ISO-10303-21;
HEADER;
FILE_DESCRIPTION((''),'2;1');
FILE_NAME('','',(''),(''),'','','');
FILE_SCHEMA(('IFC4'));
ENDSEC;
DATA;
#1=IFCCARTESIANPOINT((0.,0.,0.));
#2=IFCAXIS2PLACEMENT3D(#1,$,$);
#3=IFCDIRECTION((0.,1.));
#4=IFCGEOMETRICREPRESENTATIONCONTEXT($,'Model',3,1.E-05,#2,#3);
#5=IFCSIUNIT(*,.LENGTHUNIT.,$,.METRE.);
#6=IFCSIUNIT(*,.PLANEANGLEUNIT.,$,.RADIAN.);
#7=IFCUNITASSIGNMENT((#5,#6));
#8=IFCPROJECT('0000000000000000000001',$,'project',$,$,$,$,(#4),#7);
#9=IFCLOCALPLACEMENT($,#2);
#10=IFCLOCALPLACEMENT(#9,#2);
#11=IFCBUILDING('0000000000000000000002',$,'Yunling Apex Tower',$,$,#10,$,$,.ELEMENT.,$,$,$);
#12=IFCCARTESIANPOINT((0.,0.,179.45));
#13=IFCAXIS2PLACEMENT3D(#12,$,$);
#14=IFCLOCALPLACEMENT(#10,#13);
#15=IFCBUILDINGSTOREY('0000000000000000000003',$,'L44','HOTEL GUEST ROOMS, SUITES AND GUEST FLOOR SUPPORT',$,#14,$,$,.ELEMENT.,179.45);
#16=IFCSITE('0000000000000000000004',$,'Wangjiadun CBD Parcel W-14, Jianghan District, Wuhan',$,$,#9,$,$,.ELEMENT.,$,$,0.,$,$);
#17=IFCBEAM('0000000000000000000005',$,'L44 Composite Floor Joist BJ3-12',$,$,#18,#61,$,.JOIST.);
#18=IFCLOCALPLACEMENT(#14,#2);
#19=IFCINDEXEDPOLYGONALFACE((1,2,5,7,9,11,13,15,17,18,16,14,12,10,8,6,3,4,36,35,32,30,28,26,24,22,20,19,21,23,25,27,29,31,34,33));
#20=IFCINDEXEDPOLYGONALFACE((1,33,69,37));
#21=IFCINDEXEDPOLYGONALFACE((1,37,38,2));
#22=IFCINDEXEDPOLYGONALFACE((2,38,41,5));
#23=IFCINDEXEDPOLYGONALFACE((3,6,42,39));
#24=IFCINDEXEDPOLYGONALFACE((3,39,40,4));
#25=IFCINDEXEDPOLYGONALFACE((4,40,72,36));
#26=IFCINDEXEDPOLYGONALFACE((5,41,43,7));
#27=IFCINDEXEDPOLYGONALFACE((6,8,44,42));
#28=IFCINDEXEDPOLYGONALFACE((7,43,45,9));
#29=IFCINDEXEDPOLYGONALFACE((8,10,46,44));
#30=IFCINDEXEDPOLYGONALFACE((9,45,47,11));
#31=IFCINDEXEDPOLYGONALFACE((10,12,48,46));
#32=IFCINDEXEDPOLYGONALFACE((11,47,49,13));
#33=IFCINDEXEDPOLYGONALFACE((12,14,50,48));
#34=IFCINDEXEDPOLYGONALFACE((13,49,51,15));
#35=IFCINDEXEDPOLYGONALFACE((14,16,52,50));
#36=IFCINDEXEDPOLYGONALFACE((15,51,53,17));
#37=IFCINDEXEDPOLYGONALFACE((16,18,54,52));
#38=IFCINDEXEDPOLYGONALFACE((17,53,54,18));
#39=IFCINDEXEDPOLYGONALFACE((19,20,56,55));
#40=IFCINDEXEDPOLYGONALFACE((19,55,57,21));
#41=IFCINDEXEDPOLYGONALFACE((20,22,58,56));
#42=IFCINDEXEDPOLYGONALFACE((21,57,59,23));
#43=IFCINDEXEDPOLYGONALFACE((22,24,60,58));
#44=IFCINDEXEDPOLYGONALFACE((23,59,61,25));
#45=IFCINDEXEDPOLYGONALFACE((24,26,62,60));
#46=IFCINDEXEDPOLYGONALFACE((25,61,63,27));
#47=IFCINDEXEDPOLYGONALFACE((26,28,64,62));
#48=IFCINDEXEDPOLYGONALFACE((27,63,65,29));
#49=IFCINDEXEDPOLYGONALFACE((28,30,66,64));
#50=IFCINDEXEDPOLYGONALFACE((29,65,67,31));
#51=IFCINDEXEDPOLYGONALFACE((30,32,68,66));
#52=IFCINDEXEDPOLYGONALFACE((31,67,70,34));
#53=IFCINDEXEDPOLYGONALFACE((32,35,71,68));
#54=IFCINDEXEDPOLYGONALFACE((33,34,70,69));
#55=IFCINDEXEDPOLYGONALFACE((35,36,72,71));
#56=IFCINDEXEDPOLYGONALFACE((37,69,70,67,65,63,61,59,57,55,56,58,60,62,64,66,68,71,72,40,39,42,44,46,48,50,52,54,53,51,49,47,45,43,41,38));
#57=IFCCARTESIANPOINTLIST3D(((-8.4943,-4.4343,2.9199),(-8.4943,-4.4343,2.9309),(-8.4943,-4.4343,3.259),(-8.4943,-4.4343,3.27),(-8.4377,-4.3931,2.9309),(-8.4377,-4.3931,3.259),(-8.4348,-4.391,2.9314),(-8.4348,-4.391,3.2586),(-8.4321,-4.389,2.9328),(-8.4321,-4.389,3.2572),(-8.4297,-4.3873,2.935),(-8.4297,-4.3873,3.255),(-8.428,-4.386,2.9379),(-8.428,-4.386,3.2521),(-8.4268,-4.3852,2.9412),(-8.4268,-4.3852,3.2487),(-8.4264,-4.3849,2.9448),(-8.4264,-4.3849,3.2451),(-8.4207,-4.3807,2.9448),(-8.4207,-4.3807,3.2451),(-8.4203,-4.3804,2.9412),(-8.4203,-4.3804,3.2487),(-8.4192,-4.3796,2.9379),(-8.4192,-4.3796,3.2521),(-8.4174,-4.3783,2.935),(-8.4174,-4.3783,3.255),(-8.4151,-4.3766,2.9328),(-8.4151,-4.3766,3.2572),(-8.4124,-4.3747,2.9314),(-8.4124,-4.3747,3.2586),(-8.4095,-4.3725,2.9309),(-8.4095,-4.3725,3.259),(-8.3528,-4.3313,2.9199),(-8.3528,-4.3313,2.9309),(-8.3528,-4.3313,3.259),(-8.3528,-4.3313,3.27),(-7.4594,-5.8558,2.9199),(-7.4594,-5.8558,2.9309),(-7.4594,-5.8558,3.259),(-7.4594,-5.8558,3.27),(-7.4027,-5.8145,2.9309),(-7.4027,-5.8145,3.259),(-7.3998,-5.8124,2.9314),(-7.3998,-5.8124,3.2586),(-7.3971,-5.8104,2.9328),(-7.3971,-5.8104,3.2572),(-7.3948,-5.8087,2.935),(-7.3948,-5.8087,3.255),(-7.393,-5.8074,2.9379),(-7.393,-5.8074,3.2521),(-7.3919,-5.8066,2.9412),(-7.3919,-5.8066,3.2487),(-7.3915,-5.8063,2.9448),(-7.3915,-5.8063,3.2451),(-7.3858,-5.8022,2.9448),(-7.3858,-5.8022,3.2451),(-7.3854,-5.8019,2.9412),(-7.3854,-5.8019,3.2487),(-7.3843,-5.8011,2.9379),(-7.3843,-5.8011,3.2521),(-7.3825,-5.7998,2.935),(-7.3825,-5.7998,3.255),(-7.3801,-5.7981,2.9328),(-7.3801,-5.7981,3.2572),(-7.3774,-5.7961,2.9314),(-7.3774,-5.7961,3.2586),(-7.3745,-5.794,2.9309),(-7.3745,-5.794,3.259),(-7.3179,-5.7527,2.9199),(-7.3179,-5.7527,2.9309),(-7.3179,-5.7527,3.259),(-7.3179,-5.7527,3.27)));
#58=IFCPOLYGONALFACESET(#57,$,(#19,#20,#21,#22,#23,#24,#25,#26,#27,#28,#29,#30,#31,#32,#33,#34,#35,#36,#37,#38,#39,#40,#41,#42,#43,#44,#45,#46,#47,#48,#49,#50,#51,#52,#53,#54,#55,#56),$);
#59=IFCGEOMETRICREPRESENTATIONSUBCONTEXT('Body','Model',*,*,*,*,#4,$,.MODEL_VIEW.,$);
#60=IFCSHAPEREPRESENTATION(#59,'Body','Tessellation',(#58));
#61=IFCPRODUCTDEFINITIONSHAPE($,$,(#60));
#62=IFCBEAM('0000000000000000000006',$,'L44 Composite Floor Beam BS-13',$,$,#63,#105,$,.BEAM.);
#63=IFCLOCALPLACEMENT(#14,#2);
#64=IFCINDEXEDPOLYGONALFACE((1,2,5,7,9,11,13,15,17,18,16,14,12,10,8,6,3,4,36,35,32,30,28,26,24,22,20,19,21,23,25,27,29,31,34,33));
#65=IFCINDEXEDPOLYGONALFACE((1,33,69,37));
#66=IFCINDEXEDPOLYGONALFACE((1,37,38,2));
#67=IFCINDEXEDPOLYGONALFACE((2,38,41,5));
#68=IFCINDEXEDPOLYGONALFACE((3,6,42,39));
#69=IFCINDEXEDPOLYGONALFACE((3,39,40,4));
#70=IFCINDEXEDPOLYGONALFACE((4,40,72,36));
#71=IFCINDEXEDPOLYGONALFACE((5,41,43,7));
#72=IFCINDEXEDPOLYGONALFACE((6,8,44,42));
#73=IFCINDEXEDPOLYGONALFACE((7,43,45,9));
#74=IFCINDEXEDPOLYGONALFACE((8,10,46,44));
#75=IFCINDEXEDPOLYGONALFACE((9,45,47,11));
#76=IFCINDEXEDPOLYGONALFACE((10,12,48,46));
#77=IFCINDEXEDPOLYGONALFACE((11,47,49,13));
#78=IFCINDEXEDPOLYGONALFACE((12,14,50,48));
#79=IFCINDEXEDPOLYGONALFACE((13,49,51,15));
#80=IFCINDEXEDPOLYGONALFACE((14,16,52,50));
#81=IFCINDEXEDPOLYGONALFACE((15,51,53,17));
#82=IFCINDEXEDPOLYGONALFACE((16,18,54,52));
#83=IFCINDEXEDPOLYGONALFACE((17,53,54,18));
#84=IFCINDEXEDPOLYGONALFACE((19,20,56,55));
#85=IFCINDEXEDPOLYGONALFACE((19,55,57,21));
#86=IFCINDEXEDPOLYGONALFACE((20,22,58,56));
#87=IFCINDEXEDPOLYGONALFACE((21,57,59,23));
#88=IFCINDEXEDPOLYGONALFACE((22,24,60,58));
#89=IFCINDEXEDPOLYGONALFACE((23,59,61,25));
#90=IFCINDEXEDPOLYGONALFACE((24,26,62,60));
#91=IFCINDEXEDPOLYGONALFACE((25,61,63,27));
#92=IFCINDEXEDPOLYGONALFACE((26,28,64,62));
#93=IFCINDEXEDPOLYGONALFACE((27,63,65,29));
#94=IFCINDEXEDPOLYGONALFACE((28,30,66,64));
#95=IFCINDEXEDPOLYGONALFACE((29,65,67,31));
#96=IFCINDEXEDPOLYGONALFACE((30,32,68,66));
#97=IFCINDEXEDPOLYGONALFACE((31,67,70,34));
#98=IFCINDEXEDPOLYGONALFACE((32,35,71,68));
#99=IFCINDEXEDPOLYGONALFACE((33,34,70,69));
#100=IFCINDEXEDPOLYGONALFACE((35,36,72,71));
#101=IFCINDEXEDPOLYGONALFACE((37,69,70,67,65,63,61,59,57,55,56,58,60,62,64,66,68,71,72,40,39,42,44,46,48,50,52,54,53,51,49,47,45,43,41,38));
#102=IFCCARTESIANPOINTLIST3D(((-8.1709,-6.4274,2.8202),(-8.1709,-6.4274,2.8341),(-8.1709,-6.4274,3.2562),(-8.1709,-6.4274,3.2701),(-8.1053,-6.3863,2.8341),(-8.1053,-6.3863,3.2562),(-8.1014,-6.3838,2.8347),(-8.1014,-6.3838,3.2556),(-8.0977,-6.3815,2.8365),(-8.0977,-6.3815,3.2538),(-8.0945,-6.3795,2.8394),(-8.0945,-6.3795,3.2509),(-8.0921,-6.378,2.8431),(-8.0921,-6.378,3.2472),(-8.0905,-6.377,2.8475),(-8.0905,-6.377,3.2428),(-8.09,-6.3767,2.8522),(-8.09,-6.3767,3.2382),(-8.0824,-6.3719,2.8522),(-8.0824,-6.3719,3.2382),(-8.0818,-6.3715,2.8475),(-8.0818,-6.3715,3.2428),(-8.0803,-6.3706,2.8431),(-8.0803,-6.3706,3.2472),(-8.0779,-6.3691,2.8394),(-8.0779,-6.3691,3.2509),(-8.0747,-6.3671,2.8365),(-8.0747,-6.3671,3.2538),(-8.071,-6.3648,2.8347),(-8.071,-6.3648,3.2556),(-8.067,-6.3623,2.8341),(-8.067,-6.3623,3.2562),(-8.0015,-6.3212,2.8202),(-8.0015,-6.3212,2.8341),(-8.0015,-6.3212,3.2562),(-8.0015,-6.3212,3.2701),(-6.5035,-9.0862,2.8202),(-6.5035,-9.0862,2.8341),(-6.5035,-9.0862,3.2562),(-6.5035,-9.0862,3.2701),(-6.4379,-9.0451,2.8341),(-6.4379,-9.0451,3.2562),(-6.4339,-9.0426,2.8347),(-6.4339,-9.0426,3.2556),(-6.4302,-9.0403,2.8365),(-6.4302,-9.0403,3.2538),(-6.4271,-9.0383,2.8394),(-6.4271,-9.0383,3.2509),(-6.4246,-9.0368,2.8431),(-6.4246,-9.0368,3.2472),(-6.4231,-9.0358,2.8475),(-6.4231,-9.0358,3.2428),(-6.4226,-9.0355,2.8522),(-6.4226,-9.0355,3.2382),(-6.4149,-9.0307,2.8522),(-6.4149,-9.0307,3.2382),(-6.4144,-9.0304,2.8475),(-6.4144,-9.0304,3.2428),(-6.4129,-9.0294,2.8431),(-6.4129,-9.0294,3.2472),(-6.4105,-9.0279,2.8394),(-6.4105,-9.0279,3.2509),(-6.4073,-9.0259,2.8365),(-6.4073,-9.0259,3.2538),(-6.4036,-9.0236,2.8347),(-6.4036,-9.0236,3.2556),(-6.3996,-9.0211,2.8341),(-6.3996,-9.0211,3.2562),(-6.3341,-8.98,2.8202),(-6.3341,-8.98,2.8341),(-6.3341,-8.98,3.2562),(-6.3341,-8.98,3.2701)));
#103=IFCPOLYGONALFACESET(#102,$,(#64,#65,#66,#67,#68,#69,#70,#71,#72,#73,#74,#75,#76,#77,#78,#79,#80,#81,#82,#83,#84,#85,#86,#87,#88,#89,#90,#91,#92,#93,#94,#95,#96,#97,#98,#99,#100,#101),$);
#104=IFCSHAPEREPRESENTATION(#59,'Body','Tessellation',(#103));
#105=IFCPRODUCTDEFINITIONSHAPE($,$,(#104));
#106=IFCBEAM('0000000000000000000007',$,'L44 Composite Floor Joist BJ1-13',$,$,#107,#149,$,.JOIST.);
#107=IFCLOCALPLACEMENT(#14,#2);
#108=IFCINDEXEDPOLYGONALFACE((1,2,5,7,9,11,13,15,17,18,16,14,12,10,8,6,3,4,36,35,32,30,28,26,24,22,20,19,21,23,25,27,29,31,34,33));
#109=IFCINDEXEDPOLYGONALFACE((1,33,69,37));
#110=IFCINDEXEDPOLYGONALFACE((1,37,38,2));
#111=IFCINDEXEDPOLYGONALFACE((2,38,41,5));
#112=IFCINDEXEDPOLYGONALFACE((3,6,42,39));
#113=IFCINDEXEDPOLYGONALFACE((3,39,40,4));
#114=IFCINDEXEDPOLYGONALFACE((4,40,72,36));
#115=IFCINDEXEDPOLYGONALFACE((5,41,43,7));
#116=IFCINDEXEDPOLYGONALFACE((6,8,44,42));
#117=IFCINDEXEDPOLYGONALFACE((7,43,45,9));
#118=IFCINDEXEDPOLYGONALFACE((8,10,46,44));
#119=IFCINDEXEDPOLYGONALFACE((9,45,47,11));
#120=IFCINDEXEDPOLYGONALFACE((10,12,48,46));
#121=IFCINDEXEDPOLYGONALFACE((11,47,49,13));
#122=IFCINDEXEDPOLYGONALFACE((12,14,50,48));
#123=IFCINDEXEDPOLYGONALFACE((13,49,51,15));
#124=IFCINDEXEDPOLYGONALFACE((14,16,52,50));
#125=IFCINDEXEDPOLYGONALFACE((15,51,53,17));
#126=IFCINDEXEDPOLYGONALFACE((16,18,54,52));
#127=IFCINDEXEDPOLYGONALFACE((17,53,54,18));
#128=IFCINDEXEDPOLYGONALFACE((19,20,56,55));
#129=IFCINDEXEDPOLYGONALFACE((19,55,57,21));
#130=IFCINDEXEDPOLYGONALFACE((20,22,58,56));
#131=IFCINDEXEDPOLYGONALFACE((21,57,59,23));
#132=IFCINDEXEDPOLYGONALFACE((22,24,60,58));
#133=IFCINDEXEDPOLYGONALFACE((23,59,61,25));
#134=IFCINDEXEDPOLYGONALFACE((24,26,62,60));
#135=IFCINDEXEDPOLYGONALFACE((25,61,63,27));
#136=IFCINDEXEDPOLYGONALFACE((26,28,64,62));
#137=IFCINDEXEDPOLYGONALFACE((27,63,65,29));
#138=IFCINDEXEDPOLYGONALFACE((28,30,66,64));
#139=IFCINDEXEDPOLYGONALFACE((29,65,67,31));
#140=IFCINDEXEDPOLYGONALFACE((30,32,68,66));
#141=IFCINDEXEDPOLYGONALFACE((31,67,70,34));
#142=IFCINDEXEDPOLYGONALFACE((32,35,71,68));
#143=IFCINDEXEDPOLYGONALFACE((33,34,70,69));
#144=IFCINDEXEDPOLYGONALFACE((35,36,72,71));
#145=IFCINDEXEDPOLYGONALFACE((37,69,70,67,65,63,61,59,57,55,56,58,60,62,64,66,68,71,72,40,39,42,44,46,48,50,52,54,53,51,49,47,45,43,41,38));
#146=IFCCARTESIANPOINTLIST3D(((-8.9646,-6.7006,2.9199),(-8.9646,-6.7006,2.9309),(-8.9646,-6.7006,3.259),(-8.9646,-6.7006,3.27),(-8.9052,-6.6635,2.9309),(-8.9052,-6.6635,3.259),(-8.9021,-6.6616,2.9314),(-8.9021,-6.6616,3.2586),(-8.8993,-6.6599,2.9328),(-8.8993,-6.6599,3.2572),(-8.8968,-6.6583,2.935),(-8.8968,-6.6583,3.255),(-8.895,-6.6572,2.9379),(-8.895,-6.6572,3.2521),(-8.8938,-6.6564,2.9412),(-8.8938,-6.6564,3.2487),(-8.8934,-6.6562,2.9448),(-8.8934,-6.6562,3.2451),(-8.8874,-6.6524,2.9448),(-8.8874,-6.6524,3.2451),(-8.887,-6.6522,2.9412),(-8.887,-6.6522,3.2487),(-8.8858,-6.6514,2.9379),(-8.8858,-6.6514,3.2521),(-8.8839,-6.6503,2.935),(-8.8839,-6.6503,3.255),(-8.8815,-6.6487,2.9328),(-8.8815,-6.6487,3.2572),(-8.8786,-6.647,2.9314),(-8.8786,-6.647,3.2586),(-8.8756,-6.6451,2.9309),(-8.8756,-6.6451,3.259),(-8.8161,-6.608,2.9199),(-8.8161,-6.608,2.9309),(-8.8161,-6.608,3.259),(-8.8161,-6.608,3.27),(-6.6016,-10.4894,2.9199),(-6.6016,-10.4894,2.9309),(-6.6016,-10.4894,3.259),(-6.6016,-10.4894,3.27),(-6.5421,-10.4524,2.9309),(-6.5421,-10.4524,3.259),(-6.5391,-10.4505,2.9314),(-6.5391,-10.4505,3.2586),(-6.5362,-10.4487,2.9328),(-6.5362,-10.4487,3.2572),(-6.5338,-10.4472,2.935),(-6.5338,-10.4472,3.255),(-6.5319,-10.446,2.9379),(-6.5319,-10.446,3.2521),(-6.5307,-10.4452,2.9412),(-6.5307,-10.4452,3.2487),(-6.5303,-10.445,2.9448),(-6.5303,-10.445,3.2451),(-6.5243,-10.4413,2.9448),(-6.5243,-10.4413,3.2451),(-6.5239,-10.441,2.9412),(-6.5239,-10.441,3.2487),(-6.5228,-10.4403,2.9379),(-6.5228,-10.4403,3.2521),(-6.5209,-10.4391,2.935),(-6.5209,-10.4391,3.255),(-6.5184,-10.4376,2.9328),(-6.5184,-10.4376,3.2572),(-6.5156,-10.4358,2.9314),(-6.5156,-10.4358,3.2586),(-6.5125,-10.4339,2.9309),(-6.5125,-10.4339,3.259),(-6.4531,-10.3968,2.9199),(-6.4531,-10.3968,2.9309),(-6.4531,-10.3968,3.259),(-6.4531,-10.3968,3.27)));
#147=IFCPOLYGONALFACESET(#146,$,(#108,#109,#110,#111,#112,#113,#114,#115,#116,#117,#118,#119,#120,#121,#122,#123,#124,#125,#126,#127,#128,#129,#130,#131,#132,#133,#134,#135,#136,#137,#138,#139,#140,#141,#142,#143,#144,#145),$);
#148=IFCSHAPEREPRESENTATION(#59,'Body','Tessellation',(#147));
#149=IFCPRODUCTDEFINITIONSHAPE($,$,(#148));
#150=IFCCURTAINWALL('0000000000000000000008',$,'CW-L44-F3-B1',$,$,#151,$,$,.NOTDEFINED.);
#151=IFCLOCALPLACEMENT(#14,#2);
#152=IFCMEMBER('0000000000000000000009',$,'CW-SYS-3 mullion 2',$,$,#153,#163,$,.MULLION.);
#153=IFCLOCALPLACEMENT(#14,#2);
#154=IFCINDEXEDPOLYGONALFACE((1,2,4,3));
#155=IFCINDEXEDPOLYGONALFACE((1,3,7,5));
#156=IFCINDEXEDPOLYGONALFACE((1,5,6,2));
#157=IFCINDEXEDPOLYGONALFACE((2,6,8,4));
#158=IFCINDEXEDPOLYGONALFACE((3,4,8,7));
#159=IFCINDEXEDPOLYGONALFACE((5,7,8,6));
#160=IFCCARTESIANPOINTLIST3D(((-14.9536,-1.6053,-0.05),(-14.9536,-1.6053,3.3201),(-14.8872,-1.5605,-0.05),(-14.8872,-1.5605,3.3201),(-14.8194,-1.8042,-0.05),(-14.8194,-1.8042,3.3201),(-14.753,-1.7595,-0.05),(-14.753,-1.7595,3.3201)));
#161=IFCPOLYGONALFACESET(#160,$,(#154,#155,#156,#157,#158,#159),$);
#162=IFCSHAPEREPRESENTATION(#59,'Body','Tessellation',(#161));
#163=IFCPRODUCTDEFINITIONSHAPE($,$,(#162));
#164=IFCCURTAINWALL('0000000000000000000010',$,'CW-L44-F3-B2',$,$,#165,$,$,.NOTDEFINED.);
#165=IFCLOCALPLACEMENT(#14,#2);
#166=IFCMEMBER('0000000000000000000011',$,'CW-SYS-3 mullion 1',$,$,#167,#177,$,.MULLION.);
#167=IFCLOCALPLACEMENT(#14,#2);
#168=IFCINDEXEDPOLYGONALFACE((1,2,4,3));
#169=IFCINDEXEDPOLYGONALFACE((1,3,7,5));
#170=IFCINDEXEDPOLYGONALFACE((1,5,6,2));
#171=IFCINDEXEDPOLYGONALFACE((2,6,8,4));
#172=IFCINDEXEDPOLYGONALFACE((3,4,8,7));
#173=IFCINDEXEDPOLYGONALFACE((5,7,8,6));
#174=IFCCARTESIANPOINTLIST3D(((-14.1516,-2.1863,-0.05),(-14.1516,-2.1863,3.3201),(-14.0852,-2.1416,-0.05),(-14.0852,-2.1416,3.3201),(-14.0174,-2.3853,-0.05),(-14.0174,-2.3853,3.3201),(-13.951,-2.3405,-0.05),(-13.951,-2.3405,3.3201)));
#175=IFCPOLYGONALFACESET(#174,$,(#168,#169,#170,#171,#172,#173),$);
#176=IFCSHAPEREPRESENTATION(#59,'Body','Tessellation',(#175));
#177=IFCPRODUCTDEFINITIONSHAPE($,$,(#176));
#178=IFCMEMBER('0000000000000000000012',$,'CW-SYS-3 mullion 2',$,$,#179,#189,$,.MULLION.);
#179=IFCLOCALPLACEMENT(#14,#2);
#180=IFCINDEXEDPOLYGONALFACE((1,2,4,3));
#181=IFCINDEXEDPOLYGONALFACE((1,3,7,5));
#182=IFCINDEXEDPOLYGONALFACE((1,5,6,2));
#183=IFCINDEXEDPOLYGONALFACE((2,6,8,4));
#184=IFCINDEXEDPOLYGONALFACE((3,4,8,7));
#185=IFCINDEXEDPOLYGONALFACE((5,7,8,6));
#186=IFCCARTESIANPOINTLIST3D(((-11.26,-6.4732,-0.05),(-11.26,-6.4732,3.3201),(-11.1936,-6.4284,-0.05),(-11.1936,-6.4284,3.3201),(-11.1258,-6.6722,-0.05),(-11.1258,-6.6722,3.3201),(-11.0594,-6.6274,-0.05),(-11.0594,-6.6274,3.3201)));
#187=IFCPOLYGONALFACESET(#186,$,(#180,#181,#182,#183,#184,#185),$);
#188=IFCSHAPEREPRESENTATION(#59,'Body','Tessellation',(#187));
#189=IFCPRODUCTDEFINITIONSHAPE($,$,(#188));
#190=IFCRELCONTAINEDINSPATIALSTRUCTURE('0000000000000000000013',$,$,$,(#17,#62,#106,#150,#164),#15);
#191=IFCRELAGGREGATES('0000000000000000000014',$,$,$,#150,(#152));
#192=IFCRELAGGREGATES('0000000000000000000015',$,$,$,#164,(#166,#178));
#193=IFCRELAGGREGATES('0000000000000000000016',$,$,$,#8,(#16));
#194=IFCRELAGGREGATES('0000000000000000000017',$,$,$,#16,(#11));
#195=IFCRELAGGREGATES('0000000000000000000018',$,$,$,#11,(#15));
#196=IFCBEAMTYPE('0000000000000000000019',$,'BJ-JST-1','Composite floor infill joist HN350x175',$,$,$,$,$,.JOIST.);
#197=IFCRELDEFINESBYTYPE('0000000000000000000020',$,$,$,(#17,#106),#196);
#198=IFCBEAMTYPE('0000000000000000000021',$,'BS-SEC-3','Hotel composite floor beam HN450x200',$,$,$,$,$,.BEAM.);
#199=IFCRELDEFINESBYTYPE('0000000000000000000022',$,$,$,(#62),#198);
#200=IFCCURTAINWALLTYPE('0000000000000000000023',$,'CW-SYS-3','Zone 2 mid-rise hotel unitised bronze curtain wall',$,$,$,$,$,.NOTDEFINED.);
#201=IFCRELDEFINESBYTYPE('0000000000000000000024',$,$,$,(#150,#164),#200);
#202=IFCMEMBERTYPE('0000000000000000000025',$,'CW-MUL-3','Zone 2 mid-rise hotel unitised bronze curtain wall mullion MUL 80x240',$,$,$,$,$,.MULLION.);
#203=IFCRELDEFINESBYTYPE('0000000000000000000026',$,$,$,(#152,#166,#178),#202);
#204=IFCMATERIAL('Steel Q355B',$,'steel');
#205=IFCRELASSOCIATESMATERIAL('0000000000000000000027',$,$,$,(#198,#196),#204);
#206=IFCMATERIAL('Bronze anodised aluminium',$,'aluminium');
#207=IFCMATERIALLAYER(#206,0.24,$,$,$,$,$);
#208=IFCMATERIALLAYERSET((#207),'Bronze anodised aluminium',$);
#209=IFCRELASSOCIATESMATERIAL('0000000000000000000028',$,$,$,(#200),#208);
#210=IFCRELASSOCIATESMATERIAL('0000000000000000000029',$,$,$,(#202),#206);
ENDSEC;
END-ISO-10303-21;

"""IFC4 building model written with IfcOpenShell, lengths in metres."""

from ifc_helpers import new_model, si_unit, direction, frame, origin, origin_2d, place, context, subcontext, project, spatial, rectangle, i_section, extrude, source, transform, mapped, material, layer, layer_set, material_profile, profile_set, type_object, element, aggregate, save


model = new_model("IFC4")

# Units and contexts
model_context = context("Model", 3, precision=1e-05, world=origin(), true_north=direction((0.0, 1.0)))
body_context = subcontext(model_context, "Body", "Model", "MODEL_VIEW")
ifc_project = project(units=[si_unit("LENGTHUNIT", "METRE"), si_unit("PLANEANGLEUNIT", "RADIAN")], contexts=[model_context])

# Site, building, storey
site_placement = place(None, origin())
site = spatial("IfcSite", under=ifc_project, at=site_placement, Name="Wangjiadun CBD Parcel W-14, Jianghan District, Wuhan", CompositionType="ELEMENT", RefElevation=0.0)
building_placement = place(site_placement, origin())
building = spatial("IfcBuilding", under=site, at=building_placement, Name="Yunling Apex Tower", CompositionType="ELEMENT")
storey_placement = place(building_placement, frame((0.0, 0.0, 179.45)))
storey = spatial("IfcBuildingStorey", under=building, at=storey_placement, Name="L44", Description="HOTEL GUEST ROOMS, SUITES AND GUEST FLOOR SUPPORT", CompositionType="ELEMENT", Elevation=179.45)

# Beams
ifc_material_1 = material(Name="Steel Q355B", Category="steel")
ifc_material_profile_1 = material_profile(ifc_material_1, i_section(OverallWidth=0.2, OverallDepth=0.45, WebThickness=0.009, FlangeThickness=0.0139, FilletRadius=0.0181, at=origin_2d()))
ifc_profile_set_1 = profile_set([ifc_material_profile_1], Name="Steel Q355B")
beam_type_1 = type_object("IfcBeamType", Name="BS-SEC-3", Description="Hotel composite floor beam HN450x200", PredefinedType="BEAM", material=ifc_profile_set_1)
ifc_material_profile_2 = material_profile(ifc_material_1, i_section(OverallWidth=0.175, OverallDepth=0.3501, WebThickness=0.0071, FlangeThickness=0.011, FilletRadius=0.0139, at=origin_2d()))
ifc_profile_set_2 = profile_set([ifc_material_profile_2], Name="Steel Q355B")
beam_type_2 = type_object("IfcBeamType", Name="BJ-JST-1", Description="Composite floor infill joist HN350x175", PredefinedType="JOIST", material=ifc_profile_set_2)
shared_shape_1 = source(origin(), body_context, "Body", "SweptSolid", [
    extrude(i_section(OverallWidth=0.175, OverallDepth=0.3501, WebThickness=0.0071, FlangeThickness=0.011, FilletRadius=0.0139, at=origin_2d()), origin(), (0.0, 0.0, 1.0), 1.7583),
])
beam_1_placement = place(storey_placement, frame((-8.4236, -4.3828, 3.095), z_axis=(0.588609, -0.808418, 0.0), x_axis=(0.808418, 0.588609, 0.0)))
element("IfcBeam", 1, at=beam_1_placement, inside=storey, type_object=beam_type_2, Name="L44 Composite Floor Joist BJ3-12", PredefinedType="JOIST", context=body_context, shape_type="MappedRepresentation", body=[
    mapped(shared_shape_1, transform((0.0, 0.0, 0.0), scale=1.0)),
])
shared_shape_2 = source(origin(), body_context, "Body", "SweptSolid", [
    extrude(i_section(OverallWidth=0.2, OverallDepth=0.45, WebThickness=0.009, FlangeThickness=0.0139, FilletRadius=0.0181, at=origin_2d()), origin(), (0.0, 0.0, 1.0), 3.1384),
])
beam_2_placement = place(storey_placement, frame((-8.0862, -6.3743, 3.0452), z_axis=(0.531292, -0.847189, 0.0), x_axis=(0.847189, 0.531292, 0.0)))
element("IfcBeam", 2, at=beam_2_placement, inside=storey, type_object=beam_type_1, Name="L44 Composite Floor Beam BS-13", PredefinedType="BEAM", context=body_context, shape_type="MappedRepresentation", body=[
    mapped(shared_shape_2, transform((0.0, 0.0, 0.0), scale=1.0)),
])
shared_shape_3 = source(origin(), body_context, "Body", "SweptSolid", [
    extrude(i_section(OverallWidth=0.175, OverallDepth=0.3501, WebThickness=0.0071, FlangeThickness=0.011, FilletRadius=0.0139, at=origin_2d()), origin(), (0.0, 0.0, 1.0), 4.4653),
])
beam_3_placement = place(storey_placement, frame((-8.8904, -6.6543, 3.095), z_axis=(0.529198, -0.848499, 0.0), x_axis=(0.848499, 0.529198, 0.0)))
element("IfcBeam", 3, at=beam_3_placement, inside=storey, type_object=beam_type_2, Name="L44 Composite Floor Joist BJ1-13", PredefinedType="JOIST", context=body_context, shape_type="MappedRepresentation", body=[
    mapped(shared_shape_3, transform((0.0, 0.0, 0.0), scale=1.0)),
])

# Curtain wall, member
ifc_material_2 = material(Name="Bronze anodised aluminium", Category="aluminium")
ifc_layer_1 = layer(ifc_material_2, 0.24)
ifc_layer_set_1 = layer_set([ifc_layer_1], Name="Bronze anodised aluminium")
curtain_wall_type = type_object("IfcCurtainWallType", Name="CW-SYS-3", Description="Zone 2 mid-rise hotel unitised bronze curtain wall", PredefinedType="NOTDEFINED", material=ifc_layer_set_1)
curtain_wall_1_placement = place(storey_placement, origin())
curtain_wall_1 = element("IfcCurtainWall", 4, at=curtain_wall_1_placement, inside=storey, type_object=curtain_wall_type, Name="CW-L44-F3-B1", PredefinedType="NOTDEFINED")
ifc_material_profile_3 = material_profile(ifc_material_2, rectangle(XDim=0.0801, YDim=0.24, at=origin_2d()))
ifc_profile_set_3 = profile_set([ifc_material_profile_3], Name="Bronze anodised aluminium")
member_type_1 = type_object("IfcMemberType", Name="CW-MUL-3", Description="Zone 2 mid-rise hotel unitised bronze curtain wall mullion MUL 80x240", PredefinedType="MULLION", material=ifc_profile_set_3)
shared_shape_4 = source(origin(), body_context, "Body", "SweptSolid", [
    extrude(rectangle(XDim=0.0801, YDim=0.24, at=origin_2d()), origin(), (0.0, 0.0, 1.0), 3.3701),
])
member_1_placement = place(storey_placement, frame((-14.8533, -1.6824, -0.05), z_axis=(0.0, 0.0, 1.0), x_axis=(0.829045, 0.559181, 0.0)))
member_1 = element("IfcMember", 5, at=member_1_placement, type_object=member_type_1, Name="CW-SYS-3 mullion 2", PredefinedType="MULLION", context=body_context, shape_type="MappedRepresentation", body=[
    mapped(shared_shape_4, transform((0.0, 0.0, 0.0), scale=1.0)),
])
aggregate(curtain_wall_1, [member_1])

# Curtain wall, members
curtain_wall_2_placement = place(storey_placement, origin())
curtain_wall_2 = element("IfcCurtainWall", 6, at=curtain_wall_2_placement, inside=storey, type_object=curtain_wall_type, Name="CW-L44-F3-B2", PredefinedType="NOTDEFINED")
member_2_placement = place(storey_placement, frame((-14.0513, -2.2634, -0.05), z_axis=(0.0, 0.0, 1.0), x_axis=(0.829026, 0.55921, 0.0)))
member_2 = element("IfcMember", 7, at=member_2_placement, type_object=member_type_1, Name="CW-SYS-3 mullion 1", PredefinedType="MULLION", context=body_context, shape_type="MappedRepresentation", body=[
    mapped(shared_shape_4, transform((0.0, 0.0, 0.0), scale=1.0)),
])
member_3_placement = place(storey_placement, frame((-11.1597, -6.5503, -0.05), z_axis=(0.0, 0.0, 1.0), x_axis=(0.829026, 0.55921, 0.0)))
member_3 = element("IfcMember", 8, at=member_3_placement, type_object=member_type_1, Name="CW-SYS-3 mullion 2", PredefinedType="MULLION", context=body_context, shape_type="MappedRepresentation", body=[
    mapped(shared_shape_4, transform((0.0, 0.0, 0.0), scale=1.0)),
])

aggregate(curtain_wall_2, [member_2, member_3])

save(model, "model.ifc")
